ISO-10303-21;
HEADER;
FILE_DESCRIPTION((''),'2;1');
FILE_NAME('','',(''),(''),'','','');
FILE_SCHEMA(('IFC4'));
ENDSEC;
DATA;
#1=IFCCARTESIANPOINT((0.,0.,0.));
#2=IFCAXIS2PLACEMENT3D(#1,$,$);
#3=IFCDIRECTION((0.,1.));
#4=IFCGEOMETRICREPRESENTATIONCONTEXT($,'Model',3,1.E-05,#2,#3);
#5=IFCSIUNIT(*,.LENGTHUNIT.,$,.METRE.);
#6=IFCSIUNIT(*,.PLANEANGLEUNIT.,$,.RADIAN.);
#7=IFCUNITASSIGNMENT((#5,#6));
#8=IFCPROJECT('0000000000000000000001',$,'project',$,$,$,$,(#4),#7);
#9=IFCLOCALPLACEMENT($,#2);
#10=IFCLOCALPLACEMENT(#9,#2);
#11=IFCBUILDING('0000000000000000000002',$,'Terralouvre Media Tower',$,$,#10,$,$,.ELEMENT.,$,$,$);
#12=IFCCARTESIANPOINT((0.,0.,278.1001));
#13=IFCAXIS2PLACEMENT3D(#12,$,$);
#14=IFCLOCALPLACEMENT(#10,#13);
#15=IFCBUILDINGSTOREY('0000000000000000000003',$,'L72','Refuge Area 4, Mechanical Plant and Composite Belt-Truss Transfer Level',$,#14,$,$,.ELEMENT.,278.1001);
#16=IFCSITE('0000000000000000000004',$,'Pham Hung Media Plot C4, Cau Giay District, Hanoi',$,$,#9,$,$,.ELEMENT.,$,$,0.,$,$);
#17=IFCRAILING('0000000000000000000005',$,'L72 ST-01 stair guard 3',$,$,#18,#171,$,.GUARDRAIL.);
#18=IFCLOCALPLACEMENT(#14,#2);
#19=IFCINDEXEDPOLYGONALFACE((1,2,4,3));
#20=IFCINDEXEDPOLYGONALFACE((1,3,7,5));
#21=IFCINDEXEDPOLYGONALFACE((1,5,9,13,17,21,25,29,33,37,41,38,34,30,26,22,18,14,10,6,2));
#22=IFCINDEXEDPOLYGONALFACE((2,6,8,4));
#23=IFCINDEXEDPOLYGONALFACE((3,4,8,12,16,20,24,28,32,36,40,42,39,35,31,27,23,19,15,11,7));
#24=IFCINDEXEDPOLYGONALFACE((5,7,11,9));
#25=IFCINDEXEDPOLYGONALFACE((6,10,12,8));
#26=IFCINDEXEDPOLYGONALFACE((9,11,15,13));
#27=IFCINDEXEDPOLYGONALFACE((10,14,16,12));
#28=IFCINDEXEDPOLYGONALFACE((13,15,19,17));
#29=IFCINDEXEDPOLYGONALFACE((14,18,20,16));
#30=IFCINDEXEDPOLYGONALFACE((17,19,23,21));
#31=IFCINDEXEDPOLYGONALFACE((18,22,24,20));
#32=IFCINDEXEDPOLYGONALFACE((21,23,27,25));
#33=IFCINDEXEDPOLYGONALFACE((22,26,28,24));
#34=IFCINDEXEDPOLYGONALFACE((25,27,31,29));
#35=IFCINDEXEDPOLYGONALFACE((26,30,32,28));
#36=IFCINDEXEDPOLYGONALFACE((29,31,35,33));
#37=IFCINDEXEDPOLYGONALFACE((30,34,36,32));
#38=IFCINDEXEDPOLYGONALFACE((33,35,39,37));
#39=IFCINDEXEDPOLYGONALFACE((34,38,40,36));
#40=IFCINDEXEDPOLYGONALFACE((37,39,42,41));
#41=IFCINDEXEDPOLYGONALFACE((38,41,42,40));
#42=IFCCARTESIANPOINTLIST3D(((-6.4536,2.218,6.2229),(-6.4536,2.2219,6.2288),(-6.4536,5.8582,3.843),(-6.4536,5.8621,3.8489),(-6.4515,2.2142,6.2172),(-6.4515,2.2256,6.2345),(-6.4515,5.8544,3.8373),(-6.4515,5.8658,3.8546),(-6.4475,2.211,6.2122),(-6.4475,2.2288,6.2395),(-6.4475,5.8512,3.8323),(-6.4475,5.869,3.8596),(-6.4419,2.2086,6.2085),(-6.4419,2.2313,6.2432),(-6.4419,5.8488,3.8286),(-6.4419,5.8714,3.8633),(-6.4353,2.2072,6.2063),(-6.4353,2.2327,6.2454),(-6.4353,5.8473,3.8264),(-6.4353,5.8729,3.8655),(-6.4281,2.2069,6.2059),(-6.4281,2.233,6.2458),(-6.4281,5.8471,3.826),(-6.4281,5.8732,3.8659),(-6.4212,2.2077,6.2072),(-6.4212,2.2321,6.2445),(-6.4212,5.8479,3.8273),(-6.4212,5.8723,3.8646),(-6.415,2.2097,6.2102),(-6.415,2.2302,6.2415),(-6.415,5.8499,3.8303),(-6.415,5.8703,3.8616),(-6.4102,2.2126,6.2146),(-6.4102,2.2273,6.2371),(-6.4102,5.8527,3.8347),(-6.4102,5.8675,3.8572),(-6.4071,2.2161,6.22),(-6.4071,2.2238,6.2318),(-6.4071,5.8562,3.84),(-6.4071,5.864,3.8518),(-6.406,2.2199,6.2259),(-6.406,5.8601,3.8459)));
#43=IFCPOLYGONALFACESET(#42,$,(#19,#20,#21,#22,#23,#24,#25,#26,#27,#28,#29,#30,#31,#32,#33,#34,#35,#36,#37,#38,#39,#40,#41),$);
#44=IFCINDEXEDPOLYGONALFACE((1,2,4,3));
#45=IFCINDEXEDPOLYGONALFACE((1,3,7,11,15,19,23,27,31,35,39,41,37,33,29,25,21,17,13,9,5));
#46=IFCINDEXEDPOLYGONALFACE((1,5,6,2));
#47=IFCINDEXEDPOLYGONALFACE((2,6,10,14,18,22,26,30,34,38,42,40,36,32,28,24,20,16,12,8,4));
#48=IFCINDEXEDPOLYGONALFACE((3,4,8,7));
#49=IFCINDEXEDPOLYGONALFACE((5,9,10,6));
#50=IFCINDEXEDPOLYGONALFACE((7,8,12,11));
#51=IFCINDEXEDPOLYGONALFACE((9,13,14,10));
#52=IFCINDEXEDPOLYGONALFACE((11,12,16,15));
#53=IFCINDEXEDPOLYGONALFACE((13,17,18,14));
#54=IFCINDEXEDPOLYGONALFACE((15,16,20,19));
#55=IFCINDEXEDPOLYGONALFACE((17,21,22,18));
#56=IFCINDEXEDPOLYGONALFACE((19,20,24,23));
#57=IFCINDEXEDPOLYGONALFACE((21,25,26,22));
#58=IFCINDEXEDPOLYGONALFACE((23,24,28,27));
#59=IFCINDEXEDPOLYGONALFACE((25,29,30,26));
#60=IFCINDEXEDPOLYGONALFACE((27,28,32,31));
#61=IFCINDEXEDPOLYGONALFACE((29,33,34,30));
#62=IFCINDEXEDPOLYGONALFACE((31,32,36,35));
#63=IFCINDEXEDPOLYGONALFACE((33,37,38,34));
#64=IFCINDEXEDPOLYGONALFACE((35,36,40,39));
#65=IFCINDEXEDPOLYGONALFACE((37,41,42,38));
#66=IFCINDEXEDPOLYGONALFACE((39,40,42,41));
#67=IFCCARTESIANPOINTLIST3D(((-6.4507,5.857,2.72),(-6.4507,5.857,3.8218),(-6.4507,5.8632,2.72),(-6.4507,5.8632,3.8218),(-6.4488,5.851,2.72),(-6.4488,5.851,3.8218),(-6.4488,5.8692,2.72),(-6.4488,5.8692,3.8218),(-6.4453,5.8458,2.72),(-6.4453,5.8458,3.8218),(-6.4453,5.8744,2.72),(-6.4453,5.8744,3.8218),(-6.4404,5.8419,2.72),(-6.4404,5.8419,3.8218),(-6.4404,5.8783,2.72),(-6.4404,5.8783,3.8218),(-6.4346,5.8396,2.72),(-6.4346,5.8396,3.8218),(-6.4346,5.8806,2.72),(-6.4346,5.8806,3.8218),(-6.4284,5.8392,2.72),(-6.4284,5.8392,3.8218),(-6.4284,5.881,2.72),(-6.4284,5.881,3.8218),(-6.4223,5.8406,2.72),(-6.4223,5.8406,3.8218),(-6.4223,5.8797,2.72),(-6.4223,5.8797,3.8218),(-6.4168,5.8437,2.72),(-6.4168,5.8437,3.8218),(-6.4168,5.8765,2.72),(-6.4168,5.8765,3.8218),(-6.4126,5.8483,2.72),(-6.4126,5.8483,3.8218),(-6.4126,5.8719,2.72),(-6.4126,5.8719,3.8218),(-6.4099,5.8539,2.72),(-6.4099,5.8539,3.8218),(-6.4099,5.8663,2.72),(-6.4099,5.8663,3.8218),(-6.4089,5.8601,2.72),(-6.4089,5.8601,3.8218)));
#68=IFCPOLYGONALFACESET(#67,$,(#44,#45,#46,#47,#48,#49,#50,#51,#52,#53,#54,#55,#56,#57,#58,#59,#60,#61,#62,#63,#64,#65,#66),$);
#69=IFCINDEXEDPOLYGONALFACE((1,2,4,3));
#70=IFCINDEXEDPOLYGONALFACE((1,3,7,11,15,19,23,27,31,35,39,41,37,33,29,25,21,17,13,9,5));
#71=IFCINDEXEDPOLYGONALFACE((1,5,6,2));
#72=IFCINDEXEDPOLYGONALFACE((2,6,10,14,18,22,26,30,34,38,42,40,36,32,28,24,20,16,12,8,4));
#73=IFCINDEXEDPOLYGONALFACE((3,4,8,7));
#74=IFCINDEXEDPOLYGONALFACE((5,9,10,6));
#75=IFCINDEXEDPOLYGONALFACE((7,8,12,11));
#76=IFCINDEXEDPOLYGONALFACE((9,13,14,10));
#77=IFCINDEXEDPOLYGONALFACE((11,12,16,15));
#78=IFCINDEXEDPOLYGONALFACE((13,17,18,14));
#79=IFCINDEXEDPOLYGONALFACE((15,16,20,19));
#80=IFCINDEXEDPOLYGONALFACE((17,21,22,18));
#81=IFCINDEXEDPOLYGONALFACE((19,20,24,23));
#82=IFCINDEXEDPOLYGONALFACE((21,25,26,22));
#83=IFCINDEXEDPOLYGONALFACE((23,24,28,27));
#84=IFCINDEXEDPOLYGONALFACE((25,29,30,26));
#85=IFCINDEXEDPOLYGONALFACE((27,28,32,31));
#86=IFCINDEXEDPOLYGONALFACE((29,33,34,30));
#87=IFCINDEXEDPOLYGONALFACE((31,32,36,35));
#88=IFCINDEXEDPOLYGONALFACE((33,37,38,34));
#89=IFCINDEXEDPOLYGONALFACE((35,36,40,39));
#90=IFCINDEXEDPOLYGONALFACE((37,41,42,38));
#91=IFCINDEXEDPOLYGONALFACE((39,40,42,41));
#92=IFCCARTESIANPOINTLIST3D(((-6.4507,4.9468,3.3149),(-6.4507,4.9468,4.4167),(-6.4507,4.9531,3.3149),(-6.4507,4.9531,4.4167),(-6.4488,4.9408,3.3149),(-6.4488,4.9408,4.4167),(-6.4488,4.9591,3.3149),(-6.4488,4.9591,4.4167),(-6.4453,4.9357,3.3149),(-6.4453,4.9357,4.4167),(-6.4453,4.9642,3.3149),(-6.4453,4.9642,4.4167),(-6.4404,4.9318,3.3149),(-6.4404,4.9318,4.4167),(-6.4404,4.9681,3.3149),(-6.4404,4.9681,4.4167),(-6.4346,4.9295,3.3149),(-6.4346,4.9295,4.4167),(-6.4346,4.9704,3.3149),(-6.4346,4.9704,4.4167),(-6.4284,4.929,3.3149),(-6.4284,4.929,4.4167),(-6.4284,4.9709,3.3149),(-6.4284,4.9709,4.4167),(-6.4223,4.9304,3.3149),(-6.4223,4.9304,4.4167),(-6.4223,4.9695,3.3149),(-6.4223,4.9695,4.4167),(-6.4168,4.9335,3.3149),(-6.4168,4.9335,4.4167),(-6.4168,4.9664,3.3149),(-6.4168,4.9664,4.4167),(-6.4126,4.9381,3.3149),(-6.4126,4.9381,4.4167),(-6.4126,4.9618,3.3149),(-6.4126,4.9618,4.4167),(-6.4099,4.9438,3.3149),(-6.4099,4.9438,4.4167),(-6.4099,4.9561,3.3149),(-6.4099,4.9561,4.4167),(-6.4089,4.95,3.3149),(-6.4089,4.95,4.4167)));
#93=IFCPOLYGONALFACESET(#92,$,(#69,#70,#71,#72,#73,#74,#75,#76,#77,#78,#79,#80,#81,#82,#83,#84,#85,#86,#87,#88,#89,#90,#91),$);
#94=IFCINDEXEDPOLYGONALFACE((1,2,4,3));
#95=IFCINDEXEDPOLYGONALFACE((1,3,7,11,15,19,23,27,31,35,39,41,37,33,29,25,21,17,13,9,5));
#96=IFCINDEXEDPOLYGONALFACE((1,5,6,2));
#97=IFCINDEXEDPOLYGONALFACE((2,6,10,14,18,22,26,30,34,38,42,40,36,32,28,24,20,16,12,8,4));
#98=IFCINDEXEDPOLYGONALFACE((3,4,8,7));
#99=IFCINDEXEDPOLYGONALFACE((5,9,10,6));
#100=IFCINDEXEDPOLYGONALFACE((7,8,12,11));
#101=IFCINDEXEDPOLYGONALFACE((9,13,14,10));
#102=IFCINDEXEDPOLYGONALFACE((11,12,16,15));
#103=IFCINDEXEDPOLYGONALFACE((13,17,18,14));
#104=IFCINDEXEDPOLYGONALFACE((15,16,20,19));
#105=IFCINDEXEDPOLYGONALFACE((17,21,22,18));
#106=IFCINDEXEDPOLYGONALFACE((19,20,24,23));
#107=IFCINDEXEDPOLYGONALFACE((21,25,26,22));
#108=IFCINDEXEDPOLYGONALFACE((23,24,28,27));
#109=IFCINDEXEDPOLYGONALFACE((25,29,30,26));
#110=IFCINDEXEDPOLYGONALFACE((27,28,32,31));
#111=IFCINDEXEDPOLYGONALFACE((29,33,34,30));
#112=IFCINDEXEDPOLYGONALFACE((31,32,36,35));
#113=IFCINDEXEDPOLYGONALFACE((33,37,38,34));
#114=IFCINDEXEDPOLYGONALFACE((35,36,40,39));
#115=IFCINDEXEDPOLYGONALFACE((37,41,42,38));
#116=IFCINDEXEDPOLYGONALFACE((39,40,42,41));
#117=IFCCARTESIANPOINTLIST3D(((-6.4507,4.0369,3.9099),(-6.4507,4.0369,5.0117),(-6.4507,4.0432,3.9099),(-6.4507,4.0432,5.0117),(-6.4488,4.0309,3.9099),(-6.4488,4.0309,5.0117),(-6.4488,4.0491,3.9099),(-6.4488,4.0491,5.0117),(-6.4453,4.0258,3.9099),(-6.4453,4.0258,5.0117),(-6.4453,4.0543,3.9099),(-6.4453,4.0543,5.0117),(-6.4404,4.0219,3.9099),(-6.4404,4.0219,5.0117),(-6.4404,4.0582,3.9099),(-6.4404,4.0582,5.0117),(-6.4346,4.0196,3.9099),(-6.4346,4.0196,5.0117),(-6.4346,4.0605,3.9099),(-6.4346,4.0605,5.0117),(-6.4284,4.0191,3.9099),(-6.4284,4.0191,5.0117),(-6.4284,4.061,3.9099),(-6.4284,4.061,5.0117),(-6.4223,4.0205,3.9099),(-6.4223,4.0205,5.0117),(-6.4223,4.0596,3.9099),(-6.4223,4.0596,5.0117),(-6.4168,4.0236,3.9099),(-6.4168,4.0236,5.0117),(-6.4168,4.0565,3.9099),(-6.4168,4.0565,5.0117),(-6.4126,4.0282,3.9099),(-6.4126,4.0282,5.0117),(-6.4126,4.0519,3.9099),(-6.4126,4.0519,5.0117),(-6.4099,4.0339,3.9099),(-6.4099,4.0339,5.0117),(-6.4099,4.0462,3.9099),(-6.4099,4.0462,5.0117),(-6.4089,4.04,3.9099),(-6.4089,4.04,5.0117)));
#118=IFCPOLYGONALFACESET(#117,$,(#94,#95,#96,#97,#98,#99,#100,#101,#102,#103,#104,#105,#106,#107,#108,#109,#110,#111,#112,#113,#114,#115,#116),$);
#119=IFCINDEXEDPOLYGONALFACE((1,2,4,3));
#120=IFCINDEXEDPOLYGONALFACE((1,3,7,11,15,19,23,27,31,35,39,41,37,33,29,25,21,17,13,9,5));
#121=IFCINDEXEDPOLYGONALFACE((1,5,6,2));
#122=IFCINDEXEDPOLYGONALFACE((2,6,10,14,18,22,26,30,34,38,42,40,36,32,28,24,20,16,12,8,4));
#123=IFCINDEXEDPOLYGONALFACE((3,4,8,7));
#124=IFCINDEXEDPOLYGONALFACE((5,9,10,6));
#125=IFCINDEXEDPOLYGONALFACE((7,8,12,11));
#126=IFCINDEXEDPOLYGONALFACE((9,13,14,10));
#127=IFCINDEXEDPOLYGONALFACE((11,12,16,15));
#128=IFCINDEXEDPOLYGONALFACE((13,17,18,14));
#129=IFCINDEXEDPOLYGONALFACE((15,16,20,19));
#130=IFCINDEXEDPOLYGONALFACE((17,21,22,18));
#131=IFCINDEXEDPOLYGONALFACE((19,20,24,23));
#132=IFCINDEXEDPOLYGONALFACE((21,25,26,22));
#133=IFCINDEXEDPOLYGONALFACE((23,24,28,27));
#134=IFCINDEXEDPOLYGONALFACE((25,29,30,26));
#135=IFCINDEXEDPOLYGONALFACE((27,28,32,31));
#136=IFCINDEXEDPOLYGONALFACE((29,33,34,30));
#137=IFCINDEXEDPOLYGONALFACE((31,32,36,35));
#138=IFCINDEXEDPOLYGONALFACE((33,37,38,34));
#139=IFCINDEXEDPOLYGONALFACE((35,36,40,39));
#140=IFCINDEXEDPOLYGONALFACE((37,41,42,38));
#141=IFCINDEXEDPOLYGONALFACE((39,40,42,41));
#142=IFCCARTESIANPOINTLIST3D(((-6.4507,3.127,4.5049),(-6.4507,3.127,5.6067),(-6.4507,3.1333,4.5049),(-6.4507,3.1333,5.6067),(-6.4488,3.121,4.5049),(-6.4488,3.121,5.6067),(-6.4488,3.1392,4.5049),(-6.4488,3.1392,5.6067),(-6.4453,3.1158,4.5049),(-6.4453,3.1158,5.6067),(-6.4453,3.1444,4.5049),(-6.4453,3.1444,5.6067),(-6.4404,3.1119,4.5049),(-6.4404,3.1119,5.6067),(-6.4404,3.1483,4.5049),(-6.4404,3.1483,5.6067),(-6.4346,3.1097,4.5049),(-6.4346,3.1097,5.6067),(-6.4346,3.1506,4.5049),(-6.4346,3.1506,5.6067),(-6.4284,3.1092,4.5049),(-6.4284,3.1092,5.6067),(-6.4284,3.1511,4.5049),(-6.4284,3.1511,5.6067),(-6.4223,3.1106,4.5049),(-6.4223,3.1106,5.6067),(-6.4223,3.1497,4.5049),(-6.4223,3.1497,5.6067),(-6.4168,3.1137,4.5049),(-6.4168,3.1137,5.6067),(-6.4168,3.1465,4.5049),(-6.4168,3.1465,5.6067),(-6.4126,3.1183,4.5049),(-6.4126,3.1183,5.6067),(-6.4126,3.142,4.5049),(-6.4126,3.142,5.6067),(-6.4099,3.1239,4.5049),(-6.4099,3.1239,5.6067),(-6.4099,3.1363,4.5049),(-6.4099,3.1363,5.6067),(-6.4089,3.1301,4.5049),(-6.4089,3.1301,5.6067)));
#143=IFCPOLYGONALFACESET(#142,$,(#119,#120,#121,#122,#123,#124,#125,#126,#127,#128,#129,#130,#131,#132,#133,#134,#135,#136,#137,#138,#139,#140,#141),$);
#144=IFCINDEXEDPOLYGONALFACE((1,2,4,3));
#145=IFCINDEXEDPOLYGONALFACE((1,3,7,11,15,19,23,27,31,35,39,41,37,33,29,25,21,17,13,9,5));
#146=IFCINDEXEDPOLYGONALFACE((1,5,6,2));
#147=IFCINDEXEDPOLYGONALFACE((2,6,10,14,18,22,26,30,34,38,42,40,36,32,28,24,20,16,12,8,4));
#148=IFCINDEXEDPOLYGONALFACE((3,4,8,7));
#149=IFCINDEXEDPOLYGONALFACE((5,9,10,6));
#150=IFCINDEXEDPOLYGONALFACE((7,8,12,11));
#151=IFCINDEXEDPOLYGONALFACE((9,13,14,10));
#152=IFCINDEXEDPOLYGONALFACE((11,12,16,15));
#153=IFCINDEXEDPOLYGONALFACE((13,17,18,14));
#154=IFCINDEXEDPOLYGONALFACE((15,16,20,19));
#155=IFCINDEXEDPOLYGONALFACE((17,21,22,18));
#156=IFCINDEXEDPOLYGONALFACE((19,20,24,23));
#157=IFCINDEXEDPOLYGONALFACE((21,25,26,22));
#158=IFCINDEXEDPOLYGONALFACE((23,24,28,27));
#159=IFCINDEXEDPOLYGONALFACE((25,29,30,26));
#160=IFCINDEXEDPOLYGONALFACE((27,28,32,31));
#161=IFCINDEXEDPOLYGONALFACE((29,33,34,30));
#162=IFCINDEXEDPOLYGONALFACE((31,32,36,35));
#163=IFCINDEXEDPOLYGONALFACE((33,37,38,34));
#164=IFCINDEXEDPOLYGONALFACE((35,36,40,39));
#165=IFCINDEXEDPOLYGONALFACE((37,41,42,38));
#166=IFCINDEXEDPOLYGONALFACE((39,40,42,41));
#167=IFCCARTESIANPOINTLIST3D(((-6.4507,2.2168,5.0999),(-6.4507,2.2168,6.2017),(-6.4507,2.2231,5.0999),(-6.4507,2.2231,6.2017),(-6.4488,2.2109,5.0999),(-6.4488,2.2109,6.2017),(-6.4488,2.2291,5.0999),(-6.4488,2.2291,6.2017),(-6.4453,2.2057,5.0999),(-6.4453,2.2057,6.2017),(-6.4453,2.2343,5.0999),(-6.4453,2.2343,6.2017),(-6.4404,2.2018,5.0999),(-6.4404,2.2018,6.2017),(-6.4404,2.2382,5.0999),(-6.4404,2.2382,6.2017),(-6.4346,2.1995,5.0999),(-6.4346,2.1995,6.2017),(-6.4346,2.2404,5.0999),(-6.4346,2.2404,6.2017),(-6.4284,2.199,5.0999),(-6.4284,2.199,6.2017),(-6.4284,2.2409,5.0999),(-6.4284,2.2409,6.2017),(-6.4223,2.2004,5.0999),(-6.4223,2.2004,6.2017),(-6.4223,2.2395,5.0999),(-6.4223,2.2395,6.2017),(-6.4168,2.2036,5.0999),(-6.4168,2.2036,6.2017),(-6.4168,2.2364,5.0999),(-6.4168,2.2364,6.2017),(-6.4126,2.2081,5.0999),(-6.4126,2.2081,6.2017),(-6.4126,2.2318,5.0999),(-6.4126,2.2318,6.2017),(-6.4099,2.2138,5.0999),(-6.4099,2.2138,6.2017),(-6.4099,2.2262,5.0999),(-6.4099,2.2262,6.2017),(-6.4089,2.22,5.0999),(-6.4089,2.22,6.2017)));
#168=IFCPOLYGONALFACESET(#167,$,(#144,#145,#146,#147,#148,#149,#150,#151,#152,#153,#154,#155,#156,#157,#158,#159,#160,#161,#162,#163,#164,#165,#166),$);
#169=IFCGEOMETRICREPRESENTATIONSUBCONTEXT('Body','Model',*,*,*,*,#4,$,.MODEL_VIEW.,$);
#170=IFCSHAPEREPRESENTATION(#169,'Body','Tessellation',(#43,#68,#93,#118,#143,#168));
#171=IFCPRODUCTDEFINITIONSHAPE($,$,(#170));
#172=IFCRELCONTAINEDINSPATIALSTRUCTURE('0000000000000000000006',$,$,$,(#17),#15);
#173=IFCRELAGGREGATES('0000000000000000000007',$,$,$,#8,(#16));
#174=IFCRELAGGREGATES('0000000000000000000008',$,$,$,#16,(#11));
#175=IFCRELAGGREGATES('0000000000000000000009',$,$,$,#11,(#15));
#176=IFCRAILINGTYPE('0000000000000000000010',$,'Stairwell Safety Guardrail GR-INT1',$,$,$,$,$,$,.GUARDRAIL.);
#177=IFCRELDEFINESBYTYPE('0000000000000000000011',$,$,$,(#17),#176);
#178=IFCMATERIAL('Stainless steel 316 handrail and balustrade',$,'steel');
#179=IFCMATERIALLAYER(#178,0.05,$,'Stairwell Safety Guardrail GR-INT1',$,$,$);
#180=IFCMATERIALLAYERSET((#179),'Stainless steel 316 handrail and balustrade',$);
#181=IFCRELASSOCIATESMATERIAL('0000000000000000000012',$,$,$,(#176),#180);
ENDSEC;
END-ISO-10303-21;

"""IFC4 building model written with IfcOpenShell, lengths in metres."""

from ifc_helpers import new_model, si_unit, direction, frame, origin, origin_2d, place, context, subcontext, project, spatial, circle, extrude, material, layer, layer_set, type_object, element, save


model = new_model("IFC4")

# Units and contexts
model_context = context("Model", 3, precision=1e-05, world=origin(), true_north=direction((0.0, 1.0)))
body_context = subcontext(model_context, "Body", "Model", "MODEL_VIEW")
ifc_project = project(units=[si_unit("LENGTHUNIT", "METRE"), si_unit("PLANEANGLEUNIT", "RADIAN")], contexts=[model_context])

# Site, building, storey
site_placement = place(None, origin())
site = spatial("IfcSite", under=ifc_project, at=site_placement, Name="Pham Hung Media Plot C4, Cau Giay District, Hanoi", CompositionType="ELEMENT", RefElevation=0.0)
building_placement = place(site_placement, origin())
building = spatial("IfcBuilding", under=site, at=building_placement, Name="Terralouvre Media Tower", CompositionType="ELEMENT")
storey_placement = place(building_placement, frame((0.0, 0.0, 278.1001)))
storey = spatial("IfcBuildingStorey", under=building, at=storey_placement, Name="L72", Description="Refuge Area 4, Mechanical Plant and Composite Belt-Truss Transfer Level", CompositionType="ELEMENT", Elevation=278.1001)

# Railing
ifc_material_1 = material(Name="Stainless steel 316 handrail and balustrade", Category="steel")
ifc_layer_1 = layer(ifc_material_1, 0.05, Name="Stairwell Safety Guardrail GR-INT1")
ifc_layer_set_1 = layer_set([ifc_layer_1], Name="Stainless steel 316 handrail and balustrade")
railing_type_1 = type_object("IfcRailingType", Name="Stairwell Safety Guardrail GR-INT1", PredefinedType="GUARDRAIL", material=ifc_layer_set_1)
railing_1_placement = place(storey_placement, frame((-6.4299, 5.8601, 2.72)))
element("IfcRailing", 1, at=railing_1_placement, inside=storey, type_object=railing_type_1, Name="L72 ST-01 stair guard 3", PredefinedType="GUARDRAIL", context=body_context, shape_type="SweptSolid", body=[
    extrude(circle(Radius=0.0239, at=origin_2d()), frame((0.0, 0.0, 1.126), z_axis=(0.0, -0.836991, 0.547216), x_axis=(1.0, 0.0, 0.0)), (0.0, 0.0, 1.0), 4.3491),
    extrude(circle(Radius=0.021, at=origin_2d()), origin(), (0.0, 0.0, 1.0), 1.1018),
    extrude(circle(Radius=0.021, at=origin_2d()), frame((0.0, -0.9102, 0.595)), (0.0, 0.0, 1.0), 1.1018),
    extrude(circle(Radius=0.021, at=origin_2d()), frame((0.0, -1.8201, 1.1899)), (0.0, 0.0, 1.0), 1.1018),
    extrude(circle(Radius=0.021, at=origin_2d()), frame((0.0, -2.73, 1.7849)), (0.0, 0.0, 1.0), 1.1018),
    extrude(circle(Radius=0.021, at=origin_2d()), frame((0.0, -3.6401, 2.3799)), (0.0, 0.0, 1.0), 1.1018),
])

save(model, "model.ifc")
